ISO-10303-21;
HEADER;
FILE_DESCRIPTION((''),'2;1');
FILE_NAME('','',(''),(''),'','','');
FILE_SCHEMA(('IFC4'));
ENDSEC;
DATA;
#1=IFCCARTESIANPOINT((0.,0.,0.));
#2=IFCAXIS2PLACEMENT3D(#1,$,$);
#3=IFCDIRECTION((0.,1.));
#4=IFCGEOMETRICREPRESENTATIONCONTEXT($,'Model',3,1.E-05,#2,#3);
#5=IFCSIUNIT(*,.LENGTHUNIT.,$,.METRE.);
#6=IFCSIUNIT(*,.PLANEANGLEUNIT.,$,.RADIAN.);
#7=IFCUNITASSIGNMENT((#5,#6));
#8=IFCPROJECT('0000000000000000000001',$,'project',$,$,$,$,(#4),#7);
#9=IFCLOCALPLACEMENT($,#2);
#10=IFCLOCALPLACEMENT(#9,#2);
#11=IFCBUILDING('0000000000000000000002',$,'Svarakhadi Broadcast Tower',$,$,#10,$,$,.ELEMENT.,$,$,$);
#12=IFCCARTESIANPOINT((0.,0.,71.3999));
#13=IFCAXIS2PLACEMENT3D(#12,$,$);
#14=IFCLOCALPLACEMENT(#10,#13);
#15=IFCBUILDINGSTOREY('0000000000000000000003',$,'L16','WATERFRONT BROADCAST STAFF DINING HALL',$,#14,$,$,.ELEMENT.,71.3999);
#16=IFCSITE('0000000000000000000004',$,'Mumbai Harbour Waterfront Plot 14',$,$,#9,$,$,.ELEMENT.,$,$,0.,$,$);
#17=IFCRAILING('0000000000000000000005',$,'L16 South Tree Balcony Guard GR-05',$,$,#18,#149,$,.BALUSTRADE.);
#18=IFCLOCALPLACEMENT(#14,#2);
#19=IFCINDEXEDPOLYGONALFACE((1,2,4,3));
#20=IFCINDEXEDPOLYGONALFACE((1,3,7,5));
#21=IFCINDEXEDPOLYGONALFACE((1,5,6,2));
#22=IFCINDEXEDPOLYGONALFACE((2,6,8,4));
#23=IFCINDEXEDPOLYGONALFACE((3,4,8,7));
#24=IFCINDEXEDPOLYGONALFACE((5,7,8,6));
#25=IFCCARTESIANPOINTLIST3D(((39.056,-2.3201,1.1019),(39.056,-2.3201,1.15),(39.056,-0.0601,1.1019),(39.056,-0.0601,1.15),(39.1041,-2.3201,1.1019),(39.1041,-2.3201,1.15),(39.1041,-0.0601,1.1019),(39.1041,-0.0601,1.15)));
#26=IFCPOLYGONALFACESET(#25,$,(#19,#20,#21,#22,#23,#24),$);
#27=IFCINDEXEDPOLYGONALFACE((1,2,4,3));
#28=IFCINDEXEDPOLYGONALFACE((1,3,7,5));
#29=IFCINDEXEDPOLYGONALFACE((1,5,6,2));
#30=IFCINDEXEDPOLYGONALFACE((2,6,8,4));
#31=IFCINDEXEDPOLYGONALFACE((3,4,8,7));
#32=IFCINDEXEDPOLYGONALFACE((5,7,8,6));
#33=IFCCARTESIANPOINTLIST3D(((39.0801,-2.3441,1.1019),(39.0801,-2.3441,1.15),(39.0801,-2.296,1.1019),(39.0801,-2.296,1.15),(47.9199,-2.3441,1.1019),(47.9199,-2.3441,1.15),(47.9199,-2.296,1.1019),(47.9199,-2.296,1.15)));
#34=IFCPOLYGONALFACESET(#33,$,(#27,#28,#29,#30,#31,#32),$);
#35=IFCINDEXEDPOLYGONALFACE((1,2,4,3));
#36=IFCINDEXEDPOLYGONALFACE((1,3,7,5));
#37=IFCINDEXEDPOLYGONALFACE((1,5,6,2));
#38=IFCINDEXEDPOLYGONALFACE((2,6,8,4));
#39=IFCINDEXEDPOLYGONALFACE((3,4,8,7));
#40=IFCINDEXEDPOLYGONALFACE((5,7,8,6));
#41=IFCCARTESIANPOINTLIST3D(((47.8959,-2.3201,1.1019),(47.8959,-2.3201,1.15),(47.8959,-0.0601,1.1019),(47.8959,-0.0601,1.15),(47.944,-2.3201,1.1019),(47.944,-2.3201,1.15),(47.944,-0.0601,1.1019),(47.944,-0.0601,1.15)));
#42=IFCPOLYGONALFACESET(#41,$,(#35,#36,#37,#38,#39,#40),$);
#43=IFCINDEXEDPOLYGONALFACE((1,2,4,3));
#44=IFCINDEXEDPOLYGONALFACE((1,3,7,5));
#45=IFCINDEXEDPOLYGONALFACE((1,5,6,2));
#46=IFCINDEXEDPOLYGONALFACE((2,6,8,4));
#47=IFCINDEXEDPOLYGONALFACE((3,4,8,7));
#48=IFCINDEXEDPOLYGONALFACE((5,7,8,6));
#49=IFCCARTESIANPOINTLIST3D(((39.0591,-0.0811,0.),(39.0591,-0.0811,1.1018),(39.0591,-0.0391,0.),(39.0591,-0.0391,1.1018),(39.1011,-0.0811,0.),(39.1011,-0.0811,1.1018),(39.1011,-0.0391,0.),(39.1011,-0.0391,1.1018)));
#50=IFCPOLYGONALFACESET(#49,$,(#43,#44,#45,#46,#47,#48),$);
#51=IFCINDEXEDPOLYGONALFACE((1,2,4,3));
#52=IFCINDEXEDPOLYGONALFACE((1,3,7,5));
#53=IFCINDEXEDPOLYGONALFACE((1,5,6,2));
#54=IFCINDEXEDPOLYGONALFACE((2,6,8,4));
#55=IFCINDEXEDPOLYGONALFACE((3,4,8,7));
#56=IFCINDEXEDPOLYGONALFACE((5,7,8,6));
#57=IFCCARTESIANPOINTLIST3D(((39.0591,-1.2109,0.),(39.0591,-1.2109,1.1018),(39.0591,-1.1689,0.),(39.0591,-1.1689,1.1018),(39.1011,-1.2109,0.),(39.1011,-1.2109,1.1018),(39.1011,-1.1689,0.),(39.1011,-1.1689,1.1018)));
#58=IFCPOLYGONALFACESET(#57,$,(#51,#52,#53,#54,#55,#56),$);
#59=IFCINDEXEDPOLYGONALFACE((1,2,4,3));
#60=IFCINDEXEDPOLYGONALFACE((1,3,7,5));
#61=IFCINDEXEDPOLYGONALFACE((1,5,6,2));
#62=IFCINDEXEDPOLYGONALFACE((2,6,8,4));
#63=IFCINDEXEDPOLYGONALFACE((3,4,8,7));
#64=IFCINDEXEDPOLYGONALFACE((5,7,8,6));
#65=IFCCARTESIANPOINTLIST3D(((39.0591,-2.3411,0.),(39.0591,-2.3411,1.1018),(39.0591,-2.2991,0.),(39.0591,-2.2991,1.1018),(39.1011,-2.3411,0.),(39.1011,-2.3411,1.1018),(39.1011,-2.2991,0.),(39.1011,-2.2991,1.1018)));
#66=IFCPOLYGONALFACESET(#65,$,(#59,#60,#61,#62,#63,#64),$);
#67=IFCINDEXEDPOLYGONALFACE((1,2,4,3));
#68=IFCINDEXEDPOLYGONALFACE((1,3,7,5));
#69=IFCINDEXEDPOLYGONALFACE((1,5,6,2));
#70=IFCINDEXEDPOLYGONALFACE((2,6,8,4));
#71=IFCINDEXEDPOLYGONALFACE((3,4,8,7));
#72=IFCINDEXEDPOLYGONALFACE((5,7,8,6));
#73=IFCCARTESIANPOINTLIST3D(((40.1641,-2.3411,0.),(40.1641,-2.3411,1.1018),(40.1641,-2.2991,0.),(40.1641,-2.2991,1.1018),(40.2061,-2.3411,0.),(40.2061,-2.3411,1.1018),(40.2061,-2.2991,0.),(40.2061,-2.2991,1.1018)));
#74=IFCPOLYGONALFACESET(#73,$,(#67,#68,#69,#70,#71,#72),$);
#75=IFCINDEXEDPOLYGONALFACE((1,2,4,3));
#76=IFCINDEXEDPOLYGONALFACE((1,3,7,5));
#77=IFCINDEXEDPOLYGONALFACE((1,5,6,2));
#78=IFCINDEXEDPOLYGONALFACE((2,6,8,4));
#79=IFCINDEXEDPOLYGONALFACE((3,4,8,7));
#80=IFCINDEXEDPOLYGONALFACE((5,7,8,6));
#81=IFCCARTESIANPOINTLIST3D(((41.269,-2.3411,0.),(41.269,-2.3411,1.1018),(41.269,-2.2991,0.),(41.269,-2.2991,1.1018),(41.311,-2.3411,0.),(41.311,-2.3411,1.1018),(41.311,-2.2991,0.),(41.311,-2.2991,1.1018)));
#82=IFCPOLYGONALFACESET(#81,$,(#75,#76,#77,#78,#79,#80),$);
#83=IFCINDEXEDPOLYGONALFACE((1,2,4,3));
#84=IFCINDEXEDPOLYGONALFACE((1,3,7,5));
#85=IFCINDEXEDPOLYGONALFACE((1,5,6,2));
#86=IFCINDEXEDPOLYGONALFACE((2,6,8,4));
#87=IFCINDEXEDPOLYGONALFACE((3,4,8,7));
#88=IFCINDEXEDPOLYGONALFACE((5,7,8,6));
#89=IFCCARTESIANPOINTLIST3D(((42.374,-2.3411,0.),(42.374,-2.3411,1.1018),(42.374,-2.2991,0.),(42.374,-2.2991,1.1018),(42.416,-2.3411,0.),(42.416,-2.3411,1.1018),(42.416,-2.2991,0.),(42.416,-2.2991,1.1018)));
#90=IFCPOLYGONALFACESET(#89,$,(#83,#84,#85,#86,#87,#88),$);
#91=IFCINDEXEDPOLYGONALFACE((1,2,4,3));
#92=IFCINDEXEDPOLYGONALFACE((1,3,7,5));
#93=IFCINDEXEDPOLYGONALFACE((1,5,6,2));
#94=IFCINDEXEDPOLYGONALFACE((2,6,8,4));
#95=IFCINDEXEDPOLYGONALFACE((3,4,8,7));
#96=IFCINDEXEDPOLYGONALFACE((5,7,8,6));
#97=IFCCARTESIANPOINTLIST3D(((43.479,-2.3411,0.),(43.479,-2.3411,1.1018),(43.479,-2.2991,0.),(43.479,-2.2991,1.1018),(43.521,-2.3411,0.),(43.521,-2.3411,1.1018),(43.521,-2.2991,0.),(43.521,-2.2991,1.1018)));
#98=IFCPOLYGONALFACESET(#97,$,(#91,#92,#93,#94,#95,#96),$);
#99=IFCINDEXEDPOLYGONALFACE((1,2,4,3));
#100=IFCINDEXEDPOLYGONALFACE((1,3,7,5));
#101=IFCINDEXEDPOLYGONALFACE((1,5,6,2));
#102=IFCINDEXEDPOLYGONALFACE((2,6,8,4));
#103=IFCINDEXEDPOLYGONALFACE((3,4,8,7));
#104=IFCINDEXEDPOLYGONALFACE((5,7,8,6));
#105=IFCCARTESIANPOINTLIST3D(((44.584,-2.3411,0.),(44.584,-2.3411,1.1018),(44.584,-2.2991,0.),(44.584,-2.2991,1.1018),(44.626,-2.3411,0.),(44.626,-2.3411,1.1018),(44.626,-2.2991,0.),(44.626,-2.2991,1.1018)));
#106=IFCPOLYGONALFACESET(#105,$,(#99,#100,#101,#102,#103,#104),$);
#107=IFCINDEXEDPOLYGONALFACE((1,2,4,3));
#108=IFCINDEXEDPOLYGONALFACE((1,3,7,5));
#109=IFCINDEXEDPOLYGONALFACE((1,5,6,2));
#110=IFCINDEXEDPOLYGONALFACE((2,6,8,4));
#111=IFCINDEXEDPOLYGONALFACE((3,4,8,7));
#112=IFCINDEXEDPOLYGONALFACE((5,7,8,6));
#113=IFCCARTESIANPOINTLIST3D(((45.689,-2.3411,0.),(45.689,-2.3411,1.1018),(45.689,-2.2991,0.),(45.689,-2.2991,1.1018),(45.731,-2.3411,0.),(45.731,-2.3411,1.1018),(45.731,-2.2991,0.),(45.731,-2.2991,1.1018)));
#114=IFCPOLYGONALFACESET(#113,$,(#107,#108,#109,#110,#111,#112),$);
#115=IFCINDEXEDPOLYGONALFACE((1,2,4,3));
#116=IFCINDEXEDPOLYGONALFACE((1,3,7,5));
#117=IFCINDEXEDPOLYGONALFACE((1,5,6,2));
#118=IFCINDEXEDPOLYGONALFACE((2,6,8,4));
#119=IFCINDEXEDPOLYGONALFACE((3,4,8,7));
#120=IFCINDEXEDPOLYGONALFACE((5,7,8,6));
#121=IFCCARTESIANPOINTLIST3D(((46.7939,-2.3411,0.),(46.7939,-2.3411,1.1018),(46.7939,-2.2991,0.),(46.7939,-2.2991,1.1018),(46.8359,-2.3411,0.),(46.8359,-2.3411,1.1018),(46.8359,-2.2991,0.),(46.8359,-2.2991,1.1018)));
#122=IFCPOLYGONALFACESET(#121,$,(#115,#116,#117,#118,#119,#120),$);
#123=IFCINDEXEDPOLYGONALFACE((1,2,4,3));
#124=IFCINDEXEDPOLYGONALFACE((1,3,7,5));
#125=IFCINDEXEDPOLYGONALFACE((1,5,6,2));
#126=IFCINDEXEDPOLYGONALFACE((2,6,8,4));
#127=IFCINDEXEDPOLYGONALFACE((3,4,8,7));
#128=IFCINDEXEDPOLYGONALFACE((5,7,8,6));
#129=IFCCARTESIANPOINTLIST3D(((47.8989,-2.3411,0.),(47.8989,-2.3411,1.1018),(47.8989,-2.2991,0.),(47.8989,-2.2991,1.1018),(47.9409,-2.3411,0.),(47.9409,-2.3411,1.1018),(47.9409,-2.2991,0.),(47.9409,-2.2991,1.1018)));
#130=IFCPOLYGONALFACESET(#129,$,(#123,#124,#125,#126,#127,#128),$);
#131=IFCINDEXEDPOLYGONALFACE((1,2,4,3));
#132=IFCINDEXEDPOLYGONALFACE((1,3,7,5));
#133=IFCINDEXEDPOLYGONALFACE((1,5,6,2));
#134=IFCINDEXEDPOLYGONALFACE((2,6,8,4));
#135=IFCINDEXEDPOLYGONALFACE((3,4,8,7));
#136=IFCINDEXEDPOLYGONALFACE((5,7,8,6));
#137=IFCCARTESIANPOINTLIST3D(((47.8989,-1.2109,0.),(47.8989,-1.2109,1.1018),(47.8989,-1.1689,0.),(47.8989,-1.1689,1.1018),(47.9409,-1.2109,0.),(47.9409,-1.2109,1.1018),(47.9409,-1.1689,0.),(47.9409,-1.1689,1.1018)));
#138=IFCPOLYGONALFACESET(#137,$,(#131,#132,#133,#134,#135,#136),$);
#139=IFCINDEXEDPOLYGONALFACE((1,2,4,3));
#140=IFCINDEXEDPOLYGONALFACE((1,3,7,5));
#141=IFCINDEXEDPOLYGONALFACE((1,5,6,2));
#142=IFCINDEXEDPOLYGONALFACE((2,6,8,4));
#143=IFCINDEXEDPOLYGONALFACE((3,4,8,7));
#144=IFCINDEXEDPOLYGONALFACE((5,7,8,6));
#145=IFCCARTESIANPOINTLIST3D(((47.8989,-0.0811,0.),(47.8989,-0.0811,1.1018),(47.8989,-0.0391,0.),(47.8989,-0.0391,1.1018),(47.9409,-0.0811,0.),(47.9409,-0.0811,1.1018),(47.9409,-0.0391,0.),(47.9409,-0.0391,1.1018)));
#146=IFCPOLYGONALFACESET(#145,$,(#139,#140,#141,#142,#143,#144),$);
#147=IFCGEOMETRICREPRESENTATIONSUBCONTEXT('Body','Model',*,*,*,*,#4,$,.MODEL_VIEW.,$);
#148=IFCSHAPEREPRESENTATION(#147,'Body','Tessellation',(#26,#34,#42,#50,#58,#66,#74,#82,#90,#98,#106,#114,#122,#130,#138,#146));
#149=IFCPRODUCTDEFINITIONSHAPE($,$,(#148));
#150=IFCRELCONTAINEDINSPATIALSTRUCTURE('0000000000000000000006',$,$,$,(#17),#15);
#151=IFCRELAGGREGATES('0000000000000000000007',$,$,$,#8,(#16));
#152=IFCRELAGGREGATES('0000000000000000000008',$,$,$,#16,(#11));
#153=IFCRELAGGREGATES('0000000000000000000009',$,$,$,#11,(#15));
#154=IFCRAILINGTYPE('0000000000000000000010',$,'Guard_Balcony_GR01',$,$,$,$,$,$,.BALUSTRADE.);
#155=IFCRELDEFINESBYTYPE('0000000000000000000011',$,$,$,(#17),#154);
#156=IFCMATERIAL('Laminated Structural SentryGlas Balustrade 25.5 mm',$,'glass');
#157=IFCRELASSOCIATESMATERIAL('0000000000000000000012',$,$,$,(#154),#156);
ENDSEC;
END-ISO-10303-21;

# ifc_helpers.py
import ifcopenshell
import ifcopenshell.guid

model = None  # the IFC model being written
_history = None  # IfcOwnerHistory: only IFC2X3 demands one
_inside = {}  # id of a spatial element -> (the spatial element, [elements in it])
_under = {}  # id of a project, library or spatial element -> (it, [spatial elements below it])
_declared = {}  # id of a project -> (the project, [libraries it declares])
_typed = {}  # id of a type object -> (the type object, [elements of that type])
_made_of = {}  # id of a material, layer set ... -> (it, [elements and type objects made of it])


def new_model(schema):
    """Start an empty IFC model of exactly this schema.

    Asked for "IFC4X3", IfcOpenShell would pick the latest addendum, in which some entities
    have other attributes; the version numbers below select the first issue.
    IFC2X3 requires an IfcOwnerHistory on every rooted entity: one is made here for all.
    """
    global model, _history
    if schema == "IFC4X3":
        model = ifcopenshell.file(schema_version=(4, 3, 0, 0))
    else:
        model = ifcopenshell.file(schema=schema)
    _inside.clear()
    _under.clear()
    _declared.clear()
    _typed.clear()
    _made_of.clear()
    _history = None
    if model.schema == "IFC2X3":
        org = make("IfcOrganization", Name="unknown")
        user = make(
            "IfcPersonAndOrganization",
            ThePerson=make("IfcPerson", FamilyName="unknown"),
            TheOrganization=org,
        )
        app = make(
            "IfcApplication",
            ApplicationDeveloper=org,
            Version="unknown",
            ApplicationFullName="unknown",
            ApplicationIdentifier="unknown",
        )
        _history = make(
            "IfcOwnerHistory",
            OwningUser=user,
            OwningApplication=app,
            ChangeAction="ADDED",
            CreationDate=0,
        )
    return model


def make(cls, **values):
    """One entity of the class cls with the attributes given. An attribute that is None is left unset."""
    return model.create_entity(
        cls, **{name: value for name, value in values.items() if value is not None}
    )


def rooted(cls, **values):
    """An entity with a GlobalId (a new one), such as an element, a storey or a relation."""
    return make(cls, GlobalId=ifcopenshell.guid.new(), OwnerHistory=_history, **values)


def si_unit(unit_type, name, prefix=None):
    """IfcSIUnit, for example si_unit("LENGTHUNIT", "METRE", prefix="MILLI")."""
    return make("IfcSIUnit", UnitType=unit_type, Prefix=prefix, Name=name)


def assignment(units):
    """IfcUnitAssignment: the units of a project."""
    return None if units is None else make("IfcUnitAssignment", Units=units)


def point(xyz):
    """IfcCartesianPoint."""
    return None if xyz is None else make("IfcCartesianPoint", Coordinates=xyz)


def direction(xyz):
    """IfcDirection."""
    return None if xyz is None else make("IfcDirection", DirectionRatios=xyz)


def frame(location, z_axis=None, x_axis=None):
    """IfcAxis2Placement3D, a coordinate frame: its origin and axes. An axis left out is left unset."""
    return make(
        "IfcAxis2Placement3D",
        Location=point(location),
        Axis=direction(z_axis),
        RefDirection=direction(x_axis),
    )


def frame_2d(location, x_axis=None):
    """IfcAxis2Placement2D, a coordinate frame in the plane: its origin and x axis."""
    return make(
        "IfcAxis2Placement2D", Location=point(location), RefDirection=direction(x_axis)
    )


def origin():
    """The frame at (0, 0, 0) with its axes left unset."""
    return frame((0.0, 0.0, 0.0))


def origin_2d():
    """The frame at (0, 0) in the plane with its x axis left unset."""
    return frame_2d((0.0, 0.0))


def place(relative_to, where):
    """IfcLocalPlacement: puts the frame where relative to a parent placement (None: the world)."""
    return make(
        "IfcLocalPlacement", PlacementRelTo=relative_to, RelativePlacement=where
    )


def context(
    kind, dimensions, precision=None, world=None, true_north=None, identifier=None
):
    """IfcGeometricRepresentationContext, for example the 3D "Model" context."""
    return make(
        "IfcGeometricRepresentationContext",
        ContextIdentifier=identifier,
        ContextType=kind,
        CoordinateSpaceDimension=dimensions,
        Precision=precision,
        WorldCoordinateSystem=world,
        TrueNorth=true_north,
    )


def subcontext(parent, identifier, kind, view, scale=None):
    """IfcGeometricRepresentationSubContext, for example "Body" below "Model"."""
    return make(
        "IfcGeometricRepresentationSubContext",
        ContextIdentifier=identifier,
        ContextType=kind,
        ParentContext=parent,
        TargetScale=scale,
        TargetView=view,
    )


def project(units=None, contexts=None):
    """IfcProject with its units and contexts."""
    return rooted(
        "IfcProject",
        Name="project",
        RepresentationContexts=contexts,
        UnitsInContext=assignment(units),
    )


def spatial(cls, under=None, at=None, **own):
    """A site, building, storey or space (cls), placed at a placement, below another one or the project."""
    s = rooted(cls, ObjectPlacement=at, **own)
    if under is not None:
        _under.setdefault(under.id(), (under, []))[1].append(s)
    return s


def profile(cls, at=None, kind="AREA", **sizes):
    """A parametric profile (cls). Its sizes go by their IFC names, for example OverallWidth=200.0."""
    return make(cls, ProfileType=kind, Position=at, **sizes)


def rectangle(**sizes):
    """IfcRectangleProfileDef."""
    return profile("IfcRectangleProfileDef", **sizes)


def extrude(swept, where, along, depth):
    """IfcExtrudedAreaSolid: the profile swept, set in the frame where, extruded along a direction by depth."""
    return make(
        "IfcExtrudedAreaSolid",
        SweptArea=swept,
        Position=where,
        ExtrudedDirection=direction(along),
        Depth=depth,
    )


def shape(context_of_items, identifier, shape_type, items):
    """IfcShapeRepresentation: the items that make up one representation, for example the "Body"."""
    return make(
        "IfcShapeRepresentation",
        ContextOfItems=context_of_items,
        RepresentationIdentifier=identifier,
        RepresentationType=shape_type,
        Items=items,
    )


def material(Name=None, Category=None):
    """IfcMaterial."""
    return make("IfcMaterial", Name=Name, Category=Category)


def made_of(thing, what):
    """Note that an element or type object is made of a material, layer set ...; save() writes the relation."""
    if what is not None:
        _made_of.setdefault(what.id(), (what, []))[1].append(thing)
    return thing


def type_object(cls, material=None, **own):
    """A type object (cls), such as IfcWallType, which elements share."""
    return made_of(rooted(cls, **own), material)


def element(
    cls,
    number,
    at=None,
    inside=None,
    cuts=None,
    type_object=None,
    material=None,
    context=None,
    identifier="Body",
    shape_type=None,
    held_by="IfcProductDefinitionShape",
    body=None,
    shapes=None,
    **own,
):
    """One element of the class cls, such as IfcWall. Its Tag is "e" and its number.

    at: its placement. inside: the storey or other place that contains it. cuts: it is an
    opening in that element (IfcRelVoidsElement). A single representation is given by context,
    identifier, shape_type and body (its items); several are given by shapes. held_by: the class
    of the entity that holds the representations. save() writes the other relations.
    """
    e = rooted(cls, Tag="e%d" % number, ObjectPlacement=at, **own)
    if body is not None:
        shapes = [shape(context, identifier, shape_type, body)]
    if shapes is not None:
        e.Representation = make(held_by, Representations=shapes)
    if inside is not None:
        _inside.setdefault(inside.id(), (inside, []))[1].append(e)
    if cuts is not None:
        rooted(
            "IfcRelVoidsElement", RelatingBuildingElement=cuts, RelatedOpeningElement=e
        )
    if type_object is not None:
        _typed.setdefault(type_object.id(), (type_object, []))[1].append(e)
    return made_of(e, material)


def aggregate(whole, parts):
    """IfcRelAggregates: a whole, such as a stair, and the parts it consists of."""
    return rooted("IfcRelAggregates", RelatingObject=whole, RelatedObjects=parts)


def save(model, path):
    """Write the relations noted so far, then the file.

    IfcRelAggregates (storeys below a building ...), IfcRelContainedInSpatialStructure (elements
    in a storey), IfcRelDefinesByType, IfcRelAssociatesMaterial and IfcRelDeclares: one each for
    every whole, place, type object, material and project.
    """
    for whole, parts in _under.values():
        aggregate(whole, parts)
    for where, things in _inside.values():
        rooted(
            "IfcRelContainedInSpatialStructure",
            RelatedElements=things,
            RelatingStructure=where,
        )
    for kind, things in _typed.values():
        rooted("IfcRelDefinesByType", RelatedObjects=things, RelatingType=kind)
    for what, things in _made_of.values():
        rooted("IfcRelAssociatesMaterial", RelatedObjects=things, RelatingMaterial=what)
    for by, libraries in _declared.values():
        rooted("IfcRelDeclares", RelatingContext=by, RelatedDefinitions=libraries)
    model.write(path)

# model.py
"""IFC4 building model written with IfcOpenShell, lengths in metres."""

from ifc_helpers import new_model, si_unit, direction, frame, origin, origin_2d, place, context, subcontext, project, spatial, rectangle, extrude, material, type_object, element, save


model = new_model("IFC4")

# Units and contexts
model_context = context("Model", 3, precision=1e-05, world=origin(), true_north=direction((0.0, 1.0)))
body_context = subcontext(model_context, "Body", "Model", "MODEL_VIEW")
ifc_project = project(units=[si_unit("LENGTHUNIT", "METRE"), si_unit("PLANEANGLEUNIT", "RADIAN")], contexts=[model_context])

# Site, building, storey
site_placement = place(None, origin())
site = spatial("IfcSite", under=ifc_project, at=site_placement, Name="Mumbai Harbour Waterfront Plot 14", CompositionType="ELEMENT", RefElevation=0.0)
building_placement = place(site_placement, origin())
building = spatial("IfcBuilding", under=site, at=building_placement, Name="Svarakhadi Broadcast Tower", CompositionType="ELEMENT")
storey_placement = place(building_placement, frame((0.0, 0.0, 71.3999)))
storey = spatial("IfcBuildingStorey", under=building, at=storey_placement, Name="L16", Description="WATERFRONT BROADCAST STAFF DINING HALL", CompositionType="ELEMENT", Elevation=71.3999)

# Railing
ifc_material_1 = material(Name="Laminated Structural SentryGlas Balustrade 25.5 mm", Category="glass")
railing_type = type_object("IfcRailingType", Name="Guard_Balcony_GR01", PredefinedType="BALUSTRADE", material=ifc_material_1)
railing_placement = place(storey_placement, frame((39.0801, -0.0601, 0.0)))
element("IfcRailing", 1, at=railing_placement, inside=storey, type_object=railing_type, Name="L16 South Tree Balcony Guard GR-05", PredefinedType="BALUSTRADE", context=body_context, shape_type="SweptSolid", body=[
    extrude(rectangle(XDim=0.0481, YDim=0.0481, at=origin_2d()), frame((0.0, 0.0, 1.126), z_axis=(0.0, -1.0, 0.0), x_axis=(1.0, 0.0, 0.0)), (0.0, 0.0, 1.0), 2.26),
    extrude(rectangle(XDim=0.0481, YDim=0.0481, at=origin_2d()), frame((0.0, -2.26, 1.126), z_axis=(1.0, 0.0, 0.0), x_axis=(0.0, 1.0, 0.0)), (0.0, 0.0, 1.0), 8.8398),
    extrude(rectangle(XDim=0.0481, YDim=0.0481, at=origin_2d()), frame((8.8398, -2.26, 1.126), z_axis=(0.0, 1.0, 0.0), x_axis=(-1.0, 0.0, 0.0)), (0.0, 0.0, 1.0), 2.26),
    extrude(rectangle(XDim=0.042, YDim=0.042, at=origin_2d()), origin(), (0.0, 0.0, 1.0), 1.1018),
    extrude(rectangle(XDim=0.042, YDim=0.042, at=origin_2d()), frame((0.0, -1.1299, 0.0)), (0.0, 0.0, 1.0), 1.1018),
    extrude(rectangle(XDim=0.042, YDim=0.042, at=origin_2d()), frame((0.0, -2.26, 0.0)), (0.0, 0.0, 1.0), 1.1018),
    extrude(rectangle(XDim=0.042, YDim=0.042, at=origin_2d()), frame((1.105, -2.26, 0.0)), (0.0, 0.0, 1.0), 1.1018),
    extrude(rectangle(XDim=0.042, YDim=0.042, at=origin_2d()), frame((2.21, -2.26, 0.0)), (0.0, 0.0, 1.0), 1.1018),
    extrude(rectangle(XDim=0.042, YDim=0.042, at=origin_2d()), frame((3.3149, -2.26, 0.0)), (0.0, 0.0, 1.0), 1.1018),
    extrude(rectangle(XDim=0.042, YDim=0.042, at=origin_2d()), frame((4.4199, -2.26, 0.0)), (0.0, 0.0, 1.0), 1.1018),
    extrude(rectangle(XDim=0.042, YDim=0.042, at=origin_2d()), frame((5.5249, -2.26, 0.0)), (0.0, 0.0, 1.0), 1.1018),
    extrude(rectangle(XDim=0.042, YDim=0.042, at=origin_2d()), frame((6.6299, -2.26, 0.0)), (0.0, 0.0, 1.0), 1.1018),
    extrude(rectangle(XDim=0.042, YDim=0.042, at=origin_2d()), frame((7.7349, -2.26, 0.0)), (0.0, 0.0, 1.0), 1.1018),
    extrude(rectangle(XDim=0.042, YDim=0.042, at=origin_2d()), frame((8.8398, -2.26, 0.0)), (0.0, 0.0, 1.0), 1.1018),
    extrude(rectangle(XDim=0.042, YDim=0.042, at=origin_2d()), frame((8.8398, -1.1299, 0.0)), (0.0, 0.0, 1.0), 1.1018),
    extrude(rectangle(XDim=0.042, YDim=0.042, at=origin_2d()), frame((8.8398, 0.0, 0.0)), (0.0, 0.0, 1.0), 1.1018),
])

save(model, "model.ifc")
